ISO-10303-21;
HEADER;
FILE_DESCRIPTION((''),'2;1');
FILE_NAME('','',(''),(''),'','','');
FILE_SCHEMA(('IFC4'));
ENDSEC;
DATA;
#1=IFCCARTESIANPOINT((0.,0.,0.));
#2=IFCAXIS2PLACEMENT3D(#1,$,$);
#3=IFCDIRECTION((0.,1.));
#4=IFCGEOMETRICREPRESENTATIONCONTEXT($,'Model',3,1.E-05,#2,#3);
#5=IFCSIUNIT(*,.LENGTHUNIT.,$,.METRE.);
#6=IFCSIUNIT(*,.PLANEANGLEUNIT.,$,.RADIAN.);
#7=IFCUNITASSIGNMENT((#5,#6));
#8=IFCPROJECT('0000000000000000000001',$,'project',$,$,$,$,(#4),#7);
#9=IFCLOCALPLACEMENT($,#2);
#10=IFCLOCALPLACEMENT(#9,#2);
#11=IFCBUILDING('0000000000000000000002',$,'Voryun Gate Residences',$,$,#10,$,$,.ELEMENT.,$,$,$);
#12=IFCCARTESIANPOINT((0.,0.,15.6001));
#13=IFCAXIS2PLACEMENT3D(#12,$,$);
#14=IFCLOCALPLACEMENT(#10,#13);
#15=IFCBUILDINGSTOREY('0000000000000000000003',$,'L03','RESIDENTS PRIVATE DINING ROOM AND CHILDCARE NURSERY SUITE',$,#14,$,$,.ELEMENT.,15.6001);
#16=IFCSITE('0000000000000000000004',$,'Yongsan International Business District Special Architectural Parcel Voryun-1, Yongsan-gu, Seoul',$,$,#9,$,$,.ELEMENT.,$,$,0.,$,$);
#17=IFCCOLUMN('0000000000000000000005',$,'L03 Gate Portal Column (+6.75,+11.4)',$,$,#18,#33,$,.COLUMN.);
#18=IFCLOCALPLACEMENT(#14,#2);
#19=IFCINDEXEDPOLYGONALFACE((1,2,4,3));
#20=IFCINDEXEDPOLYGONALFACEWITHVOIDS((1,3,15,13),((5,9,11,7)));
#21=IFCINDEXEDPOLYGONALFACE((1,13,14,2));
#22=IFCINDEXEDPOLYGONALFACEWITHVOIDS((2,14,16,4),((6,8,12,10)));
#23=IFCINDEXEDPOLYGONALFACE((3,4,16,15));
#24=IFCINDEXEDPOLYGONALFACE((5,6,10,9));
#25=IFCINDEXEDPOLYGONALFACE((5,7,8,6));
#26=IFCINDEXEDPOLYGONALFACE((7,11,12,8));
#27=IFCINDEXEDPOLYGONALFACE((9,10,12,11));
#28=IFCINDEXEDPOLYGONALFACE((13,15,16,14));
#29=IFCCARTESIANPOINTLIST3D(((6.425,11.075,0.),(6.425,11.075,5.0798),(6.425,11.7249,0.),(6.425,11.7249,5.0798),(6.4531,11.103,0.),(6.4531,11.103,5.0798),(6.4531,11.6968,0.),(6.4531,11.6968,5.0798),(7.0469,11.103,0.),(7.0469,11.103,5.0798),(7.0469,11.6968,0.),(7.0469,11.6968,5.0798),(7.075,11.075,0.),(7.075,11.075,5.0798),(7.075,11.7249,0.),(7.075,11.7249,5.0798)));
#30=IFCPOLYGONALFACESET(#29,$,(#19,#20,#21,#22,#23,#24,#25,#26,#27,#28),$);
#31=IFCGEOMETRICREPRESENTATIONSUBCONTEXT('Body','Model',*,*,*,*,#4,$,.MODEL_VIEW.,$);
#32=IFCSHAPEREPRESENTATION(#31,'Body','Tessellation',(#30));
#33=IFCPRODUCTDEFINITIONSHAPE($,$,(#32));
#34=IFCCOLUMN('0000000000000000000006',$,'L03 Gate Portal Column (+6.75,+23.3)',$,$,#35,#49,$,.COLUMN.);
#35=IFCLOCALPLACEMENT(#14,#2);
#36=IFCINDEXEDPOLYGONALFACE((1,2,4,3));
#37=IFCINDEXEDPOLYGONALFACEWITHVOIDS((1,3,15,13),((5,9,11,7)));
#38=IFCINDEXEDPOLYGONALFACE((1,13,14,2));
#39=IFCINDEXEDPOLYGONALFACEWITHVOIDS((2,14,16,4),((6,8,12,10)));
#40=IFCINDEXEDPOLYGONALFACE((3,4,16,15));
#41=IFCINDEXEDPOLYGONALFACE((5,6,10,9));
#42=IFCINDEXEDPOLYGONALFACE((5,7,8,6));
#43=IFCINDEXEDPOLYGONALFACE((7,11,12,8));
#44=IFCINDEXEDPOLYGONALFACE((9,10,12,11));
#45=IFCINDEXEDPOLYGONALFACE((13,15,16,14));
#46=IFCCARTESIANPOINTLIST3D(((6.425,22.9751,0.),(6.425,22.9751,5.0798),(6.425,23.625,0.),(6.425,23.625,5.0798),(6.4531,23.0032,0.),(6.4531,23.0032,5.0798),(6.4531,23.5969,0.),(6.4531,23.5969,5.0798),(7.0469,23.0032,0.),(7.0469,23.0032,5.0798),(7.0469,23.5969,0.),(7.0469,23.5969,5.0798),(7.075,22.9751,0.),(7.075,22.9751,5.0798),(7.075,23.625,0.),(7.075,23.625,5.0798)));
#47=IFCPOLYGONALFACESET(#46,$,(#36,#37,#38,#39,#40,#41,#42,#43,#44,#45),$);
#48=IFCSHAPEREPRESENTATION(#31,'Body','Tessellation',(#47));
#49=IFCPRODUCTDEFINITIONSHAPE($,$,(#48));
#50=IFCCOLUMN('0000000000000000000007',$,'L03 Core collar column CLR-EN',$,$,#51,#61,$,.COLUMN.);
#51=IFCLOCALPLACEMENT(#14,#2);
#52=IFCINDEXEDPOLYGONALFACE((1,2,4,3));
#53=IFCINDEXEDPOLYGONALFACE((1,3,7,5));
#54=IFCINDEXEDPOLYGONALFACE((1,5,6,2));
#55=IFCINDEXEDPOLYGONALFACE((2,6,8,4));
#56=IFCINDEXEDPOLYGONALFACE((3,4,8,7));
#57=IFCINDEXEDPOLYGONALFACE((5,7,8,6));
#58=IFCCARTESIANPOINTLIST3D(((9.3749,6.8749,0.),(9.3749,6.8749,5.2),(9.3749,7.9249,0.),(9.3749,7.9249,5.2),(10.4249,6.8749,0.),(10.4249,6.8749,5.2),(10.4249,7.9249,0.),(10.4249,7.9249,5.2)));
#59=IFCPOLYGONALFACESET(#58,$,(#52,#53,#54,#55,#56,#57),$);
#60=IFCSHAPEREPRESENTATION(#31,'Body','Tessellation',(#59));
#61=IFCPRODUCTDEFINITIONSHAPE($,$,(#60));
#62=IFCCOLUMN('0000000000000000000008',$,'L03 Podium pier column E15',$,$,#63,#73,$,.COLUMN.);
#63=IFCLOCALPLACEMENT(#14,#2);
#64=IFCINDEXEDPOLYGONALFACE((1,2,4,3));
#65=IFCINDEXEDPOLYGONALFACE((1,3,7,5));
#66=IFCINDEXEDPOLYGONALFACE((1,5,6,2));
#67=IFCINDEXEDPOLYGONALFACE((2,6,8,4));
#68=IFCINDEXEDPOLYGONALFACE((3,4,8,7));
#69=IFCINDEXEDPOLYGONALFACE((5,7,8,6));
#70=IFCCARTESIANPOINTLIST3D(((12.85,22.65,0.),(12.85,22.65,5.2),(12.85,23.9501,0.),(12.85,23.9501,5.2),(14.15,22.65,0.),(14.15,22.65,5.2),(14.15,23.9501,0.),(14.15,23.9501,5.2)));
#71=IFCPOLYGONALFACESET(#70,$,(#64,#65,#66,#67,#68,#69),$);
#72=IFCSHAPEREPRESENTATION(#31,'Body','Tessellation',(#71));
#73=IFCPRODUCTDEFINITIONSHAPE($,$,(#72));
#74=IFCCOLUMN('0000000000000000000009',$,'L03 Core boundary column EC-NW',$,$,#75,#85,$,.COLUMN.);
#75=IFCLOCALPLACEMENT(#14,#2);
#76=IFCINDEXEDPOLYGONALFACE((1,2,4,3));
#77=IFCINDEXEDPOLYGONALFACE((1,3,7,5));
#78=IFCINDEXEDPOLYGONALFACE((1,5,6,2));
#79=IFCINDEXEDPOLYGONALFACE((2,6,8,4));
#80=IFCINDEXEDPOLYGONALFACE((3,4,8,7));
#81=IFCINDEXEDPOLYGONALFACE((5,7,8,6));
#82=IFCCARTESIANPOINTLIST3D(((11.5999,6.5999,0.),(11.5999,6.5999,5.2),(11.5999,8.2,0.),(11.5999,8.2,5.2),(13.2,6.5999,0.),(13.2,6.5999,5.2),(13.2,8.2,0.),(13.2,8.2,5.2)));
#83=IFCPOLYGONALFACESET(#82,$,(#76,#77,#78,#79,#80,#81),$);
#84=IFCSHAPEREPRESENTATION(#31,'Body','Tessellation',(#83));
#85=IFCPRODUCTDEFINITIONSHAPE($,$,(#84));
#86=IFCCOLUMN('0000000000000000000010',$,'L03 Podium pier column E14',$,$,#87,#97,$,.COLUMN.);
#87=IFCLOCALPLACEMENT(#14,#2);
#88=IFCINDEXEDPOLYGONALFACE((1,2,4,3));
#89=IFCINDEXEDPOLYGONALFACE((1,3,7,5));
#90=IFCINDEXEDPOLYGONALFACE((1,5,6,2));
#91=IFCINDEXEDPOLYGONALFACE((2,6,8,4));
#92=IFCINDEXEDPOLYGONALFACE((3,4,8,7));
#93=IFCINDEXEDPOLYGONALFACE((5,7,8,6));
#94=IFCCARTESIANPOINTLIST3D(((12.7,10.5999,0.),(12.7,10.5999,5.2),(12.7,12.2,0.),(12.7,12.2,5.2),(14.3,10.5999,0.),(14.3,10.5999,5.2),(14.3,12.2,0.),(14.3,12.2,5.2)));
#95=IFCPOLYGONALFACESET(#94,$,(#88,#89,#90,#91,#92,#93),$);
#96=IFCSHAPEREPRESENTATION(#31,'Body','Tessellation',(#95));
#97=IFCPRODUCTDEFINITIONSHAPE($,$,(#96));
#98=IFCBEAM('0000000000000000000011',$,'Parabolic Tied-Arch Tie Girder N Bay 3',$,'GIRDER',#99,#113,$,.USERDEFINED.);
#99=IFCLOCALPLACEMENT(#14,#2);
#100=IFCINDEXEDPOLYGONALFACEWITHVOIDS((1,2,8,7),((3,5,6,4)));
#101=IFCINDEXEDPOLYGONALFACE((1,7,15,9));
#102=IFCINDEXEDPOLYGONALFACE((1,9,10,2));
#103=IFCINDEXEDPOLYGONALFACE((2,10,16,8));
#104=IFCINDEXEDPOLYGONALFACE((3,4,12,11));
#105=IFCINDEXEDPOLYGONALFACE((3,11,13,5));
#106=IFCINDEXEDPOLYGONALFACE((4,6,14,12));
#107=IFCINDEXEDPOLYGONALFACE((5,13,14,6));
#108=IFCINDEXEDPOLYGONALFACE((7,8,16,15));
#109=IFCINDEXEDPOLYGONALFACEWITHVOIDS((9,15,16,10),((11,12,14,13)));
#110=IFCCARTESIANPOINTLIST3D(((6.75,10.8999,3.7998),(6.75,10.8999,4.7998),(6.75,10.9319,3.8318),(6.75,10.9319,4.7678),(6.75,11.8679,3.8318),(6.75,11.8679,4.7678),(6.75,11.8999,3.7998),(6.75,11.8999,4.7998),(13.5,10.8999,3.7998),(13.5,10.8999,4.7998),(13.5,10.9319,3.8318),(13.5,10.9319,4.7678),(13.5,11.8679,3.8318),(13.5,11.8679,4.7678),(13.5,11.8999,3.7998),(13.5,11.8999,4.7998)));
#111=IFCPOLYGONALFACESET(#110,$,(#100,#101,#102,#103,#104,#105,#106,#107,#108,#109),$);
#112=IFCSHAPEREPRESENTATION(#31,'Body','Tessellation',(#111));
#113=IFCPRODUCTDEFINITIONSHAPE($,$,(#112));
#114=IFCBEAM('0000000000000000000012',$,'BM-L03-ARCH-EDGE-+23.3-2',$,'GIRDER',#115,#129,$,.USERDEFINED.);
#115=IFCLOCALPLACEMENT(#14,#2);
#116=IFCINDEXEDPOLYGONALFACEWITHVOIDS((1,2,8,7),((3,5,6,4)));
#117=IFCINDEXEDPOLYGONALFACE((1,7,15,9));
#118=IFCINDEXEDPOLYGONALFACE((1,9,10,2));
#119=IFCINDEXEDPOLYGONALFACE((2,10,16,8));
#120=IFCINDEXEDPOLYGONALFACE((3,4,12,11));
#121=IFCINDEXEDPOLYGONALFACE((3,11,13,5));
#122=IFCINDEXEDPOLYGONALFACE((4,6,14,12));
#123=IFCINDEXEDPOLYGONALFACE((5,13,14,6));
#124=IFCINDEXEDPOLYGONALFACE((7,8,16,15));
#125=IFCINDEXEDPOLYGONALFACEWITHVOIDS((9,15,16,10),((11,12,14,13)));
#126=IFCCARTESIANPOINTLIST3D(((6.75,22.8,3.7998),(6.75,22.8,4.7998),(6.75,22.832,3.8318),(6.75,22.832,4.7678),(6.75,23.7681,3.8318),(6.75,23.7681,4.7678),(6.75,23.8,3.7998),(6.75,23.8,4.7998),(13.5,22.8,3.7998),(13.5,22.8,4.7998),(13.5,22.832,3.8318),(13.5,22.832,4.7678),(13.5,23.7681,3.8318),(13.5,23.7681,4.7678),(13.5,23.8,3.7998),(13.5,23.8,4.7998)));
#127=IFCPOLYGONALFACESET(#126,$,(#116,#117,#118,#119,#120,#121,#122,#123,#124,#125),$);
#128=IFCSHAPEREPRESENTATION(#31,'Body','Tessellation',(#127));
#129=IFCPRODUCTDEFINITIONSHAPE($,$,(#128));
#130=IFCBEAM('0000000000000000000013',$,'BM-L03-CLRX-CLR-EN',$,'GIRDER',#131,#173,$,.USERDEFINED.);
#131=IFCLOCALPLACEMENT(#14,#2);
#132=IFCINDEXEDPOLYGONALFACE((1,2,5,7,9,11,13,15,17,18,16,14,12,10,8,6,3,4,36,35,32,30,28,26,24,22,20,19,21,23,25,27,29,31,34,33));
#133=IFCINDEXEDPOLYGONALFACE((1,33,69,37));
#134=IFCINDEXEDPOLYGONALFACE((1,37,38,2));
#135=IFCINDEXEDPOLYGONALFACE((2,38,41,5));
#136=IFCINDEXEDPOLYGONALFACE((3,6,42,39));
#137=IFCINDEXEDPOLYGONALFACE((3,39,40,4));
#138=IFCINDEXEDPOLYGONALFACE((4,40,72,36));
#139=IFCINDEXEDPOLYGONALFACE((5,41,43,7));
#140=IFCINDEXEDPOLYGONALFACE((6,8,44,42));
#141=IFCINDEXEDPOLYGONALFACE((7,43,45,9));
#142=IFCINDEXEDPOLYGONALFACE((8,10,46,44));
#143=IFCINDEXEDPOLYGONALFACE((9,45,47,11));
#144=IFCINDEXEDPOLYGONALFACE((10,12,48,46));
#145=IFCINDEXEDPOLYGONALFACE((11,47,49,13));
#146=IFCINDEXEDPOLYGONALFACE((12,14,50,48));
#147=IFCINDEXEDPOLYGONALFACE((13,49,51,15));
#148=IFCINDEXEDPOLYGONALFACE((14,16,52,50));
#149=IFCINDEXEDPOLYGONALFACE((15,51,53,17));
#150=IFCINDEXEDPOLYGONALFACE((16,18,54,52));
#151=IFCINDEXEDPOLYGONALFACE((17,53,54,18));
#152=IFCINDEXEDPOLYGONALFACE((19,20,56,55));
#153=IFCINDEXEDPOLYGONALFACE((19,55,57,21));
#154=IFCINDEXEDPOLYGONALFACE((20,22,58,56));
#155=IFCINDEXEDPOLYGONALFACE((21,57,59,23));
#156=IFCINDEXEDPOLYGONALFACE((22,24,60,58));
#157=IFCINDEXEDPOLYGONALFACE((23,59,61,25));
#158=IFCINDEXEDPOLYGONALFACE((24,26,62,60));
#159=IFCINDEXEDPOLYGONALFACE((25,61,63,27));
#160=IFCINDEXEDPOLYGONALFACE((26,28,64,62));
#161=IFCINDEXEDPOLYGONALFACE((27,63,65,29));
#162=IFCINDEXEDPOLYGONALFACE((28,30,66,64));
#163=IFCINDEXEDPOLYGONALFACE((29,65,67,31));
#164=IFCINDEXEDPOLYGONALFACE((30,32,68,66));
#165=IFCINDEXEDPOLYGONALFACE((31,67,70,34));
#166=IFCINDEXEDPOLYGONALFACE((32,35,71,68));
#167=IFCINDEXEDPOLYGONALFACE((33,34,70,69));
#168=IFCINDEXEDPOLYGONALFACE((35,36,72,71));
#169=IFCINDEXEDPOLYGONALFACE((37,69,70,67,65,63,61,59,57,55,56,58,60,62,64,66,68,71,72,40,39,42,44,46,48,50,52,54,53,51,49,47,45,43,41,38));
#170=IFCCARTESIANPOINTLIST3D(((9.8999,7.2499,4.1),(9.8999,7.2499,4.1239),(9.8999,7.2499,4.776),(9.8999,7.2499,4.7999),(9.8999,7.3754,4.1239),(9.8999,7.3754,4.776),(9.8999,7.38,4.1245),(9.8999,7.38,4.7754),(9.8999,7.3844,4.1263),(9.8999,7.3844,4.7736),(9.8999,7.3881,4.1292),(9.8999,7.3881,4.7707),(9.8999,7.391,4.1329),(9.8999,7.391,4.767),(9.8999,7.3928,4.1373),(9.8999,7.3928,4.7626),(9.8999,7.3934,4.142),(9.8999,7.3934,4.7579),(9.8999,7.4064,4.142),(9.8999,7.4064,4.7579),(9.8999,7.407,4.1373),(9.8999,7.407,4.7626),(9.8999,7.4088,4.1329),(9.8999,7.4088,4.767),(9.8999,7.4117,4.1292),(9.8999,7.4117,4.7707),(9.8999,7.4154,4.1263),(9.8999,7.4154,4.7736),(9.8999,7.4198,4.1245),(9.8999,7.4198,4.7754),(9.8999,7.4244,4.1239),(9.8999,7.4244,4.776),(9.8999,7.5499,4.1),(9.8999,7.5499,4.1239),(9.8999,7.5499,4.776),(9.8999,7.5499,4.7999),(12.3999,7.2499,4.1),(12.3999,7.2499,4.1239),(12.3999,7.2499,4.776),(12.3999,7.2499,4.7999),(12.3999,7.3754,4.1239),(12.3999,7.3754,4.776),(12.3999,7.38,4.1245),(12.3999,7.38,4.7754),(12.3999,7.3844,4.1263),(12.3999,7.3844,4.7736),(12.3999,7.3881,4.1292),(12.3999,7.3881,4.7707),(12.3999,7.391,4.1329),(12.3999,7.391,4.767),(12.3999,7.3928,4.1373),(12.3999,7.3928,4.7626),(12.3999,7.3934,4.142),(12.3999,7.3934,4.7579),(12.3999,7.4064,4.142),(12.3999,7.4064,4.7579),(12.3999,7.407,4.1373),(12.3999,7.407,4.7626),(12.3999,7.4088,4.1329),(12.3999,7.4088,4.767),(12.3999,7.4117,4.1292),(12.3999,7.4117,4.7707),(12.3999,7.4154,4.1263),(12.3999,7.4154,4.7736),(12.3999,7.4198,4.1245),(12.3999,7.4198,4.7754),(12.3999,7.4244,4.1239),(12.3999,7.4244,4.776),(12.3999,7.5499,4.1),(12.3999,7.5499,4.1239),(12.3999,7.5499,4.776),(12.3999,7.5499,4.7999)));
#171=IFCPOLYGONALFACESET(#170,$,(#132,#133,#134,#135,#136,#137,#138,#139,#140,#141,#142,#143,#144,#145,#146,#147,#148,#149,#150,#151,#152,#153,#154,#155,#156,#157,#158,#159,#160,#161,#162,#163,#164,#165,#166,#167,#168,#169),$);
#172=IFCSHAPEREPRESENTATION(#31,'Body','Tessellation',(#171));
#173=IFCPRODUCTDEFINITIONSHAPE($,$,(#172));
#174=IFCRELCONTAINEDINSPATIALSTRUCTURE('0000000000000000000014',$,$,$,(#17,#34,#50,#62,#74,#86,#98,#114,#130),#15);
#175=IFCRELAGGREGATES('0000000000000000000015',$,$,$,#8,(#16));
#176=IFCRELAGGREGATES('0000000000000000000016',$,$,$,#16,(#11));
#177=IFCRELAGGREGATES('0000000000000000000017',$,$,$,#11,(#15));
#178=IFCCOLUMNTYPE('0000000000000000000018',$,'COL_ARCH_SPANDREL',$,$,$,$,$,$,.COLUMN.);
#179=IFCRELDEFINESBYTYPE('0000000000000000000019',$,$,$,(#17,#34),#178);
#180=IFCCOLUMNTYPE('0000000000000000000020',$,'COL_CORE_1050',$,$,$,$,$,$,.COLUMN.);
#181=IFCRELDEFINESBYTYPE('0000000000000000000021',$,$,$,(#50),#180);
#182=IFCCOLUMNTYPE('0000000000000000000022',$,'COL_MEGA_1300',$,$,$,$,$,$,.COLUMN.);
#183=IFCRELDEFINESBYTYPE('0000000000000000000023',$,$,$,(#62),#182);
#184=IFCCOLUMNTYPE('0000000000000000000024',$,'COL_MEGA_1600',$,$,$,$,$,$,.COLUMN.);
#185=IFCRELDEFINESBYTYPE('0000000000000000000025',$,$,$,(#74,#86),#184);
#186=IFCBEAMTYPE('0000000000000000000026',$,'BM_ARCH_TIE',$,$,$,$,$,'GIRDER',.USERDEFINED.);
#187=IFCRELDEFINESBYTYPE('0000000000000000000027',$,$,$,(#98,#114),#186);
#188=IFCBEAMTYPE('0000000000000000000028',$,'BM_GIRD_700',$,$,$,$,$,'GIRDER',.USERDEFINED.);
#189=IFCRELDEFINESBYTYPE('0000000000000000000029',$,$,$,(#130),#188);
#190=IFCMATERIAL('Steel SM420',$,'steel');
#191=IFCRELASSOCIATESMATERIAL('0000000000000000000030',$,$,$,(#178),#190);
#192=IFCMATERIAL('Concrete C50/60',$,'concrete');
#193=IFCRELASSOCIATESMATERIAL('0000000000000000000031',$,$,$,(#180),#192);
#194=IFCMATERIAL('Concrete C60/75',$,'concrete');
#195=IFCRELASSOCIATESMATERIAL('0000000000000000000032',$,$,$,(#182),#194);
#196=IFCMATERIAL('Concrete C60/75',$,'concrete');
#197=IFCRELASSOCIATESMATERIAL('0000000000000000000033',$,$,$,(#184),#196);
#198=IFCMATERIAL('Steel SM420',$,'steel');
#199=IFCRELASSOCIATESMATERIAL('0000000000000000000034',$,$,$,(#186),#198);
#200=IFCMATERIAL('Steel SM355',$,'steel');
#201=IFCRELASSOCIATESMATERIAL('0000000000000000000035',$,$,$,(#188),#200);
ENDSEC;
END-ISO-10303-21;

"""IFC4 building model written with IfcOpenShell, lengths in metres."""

from ifc_helpers import new_model, si_unit, direction, frame, origin, origin_2d, place, context, subcontext, project, spatial, rectangle, hollow_rectangle, i_section, extrude, material, material_profile, profile_set, type_object, element, save


model = new_model("IFC4")

# Units and contexts
model_context = context("Model", 3, precision=1e-05, world=origin(), true_north=direction((0.0, 1.0)))
body_context = subcontext(model_context, "Body", "Model", "MODEL_VIEW")
ifc_project = project(units=[si_unit("LENGTHUNIT", "METRE"), si_unit("PLANEANGLEUNIT", "RADIAN")], contexts=[model_context])

# Site, building, storey
site_placement = place(None, origin())
site = spatial("IfcSite", under=ifc_project, at=site_placement, Name="Yongsan International Business District Special Architectural Parcel Voryun-1, Yongsan-gu, Seoul", CompositionType="ELEMENT", RefElevation=0.0)
building_placement = place(site_placement, origin())
building = spatial("IfcBuilding", under=site, at=building_placement, Name="Voryun Gate Residences", CompositionType="ELEMENT")
storey_placement = place(building_placement, frame((0.0, 0.0, 15.6001)))
storey = spatial("IfcBuildingStorey", under=building, at=storey_placement, Name="L03", Description="RESIDENTS PRIVATE DINING ROOM AND CHILDCARE NURSERY SUITE", CompositionType="ELEMENT", Elevation=15.6001)

# Columns
ifc_material_1 = material(Name="Steel SM420", Category="steel")
ifc_material_profile_1 = material_profile(ifc_material_1, hollow_rectangle(XDim=0.6499, YDim=0.6499, WallThickness=0.0281, at=origin_2d()), Name="BOX-650x650x28")
ifc_profile_set_1 = profile_set([ifc_material_profile_1], Name="Steel SM420")
column_type_1 = type_object("IfcColumnType", Name="COL_ARCH_SPANDREL", PredefinedType="COLUMN", material=ifc_profile_set_1)
for number, where, z_axis, x_axis, name in (
    (1, (6.75, 11.3999, 0.0), (0.0, 0.0, 1.0), (1.0, 0.0, 0.0), "L03 Gate Portal Column (+6.75,+11.4)"),
    (2, (6.75, 23.3, 0.0), (0.0, 0.0, 1.0), (1.0, 0.0, 0.0), "L03 Gate Portal Column (+6.75,+23.3)"),
):
    element("IfcColumn", number, at=place(storey_placement, frame(where, z_axis=z_axis, x_axis=x_axis)), inside=storey, type_object=column_type_1, Name=name, PredefinedType="COLUMN", context=body_context, shape_type="SweptSolid", body=[
        extrude(hollow_rectangle(XDim=0.6499, YDim=0.6499, WallThickness=0.0281, at=origin_2d()), origin(), (0.0, 0.0, 1.0), 5.0798),
    ])
ifc_material_2 = material(Name="Concrete C50/60", Category="concrete")
ifc_material_profile_2 = material_profile(ifc_material_2, rectangle(XDim=1.05, YDim=1.05, at=origin_2d()), Name="RC-1050x1050")
ifc_profile_set_2 = profile_set([ifc_material_profile_2], Name="Concrete C50/60")
column_type_2 = type_object("IfcColumnType", Name="COL_CORE_1050", PredefinedType="COLUMN", material=ifc_profile_set_2)
column_1_placement = place(storey_placement, frame((9.8999, 7.3999, 0.0), z_axis=(0.0, 0.0, 1.0), x_axis=(1.0, 0.0, 0.0)))
element("IfcColumn", 3, at=column_1_placement, inside=storey, type_object=column_type_2, Name="L03 Core collar column CLR-EN", PredefinedType="COLUMN", context=body_context, shape_type="SweptSolid", body=[
    extrude(rectangle(XDim=1.05, YDim=1.05, at=origin_2d()), origin(), (0.0, 0.0, 1.0), 5.2),
])
ifc_material_3 = material(Name="Concrete C60/75", Category="concrete")
ifc_material_profile_3 = material_profile(ifc_material_3, rectangle(XDim=1.3, YDim=1.3, at=origin_2d()), Name="RC-1300x1300")
ifc_profile_set_3 = profile_set([ifc_material_profile_3], Name="Concrete C60/75")
column_type_3 = type_object("IfcColumnType", Name="COL_MEGA_1300", PredefinedType="COLUMN", material=ifc_profile_set_3)
column_2_placement = place(storey_placement, frame((13.5, 23.3, 0.0), z_axis=(0.0, 0.0, 1.0), x_axis=(1.0, 0.0, 0.0)))
element("IfcColumn", 4, at=column_2_placement, inside=storey, type_object=column_type_3, Name="L03 Podium pier column E15", PredefinedType="COLUMN", context=body_context, shape_type="SweptSolid", body=[
    extrude(rectangle(XDim=1.3, YDim=1.3, at=origin_2d()), origin(), (0.0, 0.0, 1.0), 5.2),
])
ifc_material_4 = material(Name="Concrete C60/75", Category="concrete")
ifc_material_profile_4 = material_profile(ifc_material_4, rectangle(XDim=1.6001, YDim=1.6001, at=origin_2d()), Name="RC-1600x1600")
ifc_profile_set_4 = profile_set([ifc_material_profile_4], Name="Concrete C60/75")
column_type_4 = type_object("IfcColumnType", Name="COL_MEGA_1600", PredefinedType="COLUMN", material=ifc_profile_set_4)
for number, where, z_axis, x_axis, name in (
    (5, (12.3999, 7.3999, 0.0), (0.0, 0.0, 1.0), (1.0, 0.0, 0.0), "L03 Core boundary column EC-NW"),
    (6, (13.5, 11.3999, 0.0), (0.0, 0.0, 1.0), (1.0, 0.0, 0.0), "L03 Podium pier column E14"),
):
    element("IfcColumn", number, at=place(storey_placement, frame(where, z_axis=z_axis, x_axis=x_axis)), inside=storey, type_object=column_type_4, Name=name, PredefinedType="COLUMN", context=body_context, shape_type="SweptSolid", body=[
        extrude(rectangle(XDim=1.6001, YDim=1.6001, at=origin_2d()), origin(), (0.0, 0.0, 1.0), 5.2),
    ])

# Beams
ifc_material_5 = material(Name="Steel SM420", Category="steel")
ifc_material_profile_5 = material_profile(ifc_material_5, hollow_rectangle(XDim=1.0, YDim=1.0, WallThickness=0.032, at=origin_2d()), Name="BOX-1000x1000x32")
ifc_profile_set_5 = profile_set([ifc_material_profile_5], Name="Steel SM420")
beam_type_1 = type_object("IfcBeamType", Name="BM_ARCH_TIE", ElementType="GIRDER", PredefinedType="USERDEFINED", material=ifc_profile_set_5)
for number, where, z_axis, x_axis, name in (
    (7, (6.75, 11.3999, 4.2998), (1.0, 0.0, 0.0), (0.0, 1.0, 0.0), "Parabolic Tied-Arch Tie Girder N Bay 3"),
    (8, (6.75, 23.3, 4.2998), (1.0, 0.0, 0.0), (0.0, 1.0, 0.0), "BM-L03-ARCH-EDGE-+23.3-2"),
):
    element("IfcBeam", number, at=place(storey_placement, frame(where, z_axis=z_axis, x_axis=x_axis)), inside=storey, type_object=beam_type_1, Name=name, ObjectType="GIRDER", PredefinedType="USERDEFINED", context=body_context, shape_type="SweptSolid", body=[
        extrude(hollow_rectangle(XDim=1.0, YDim=1.0, WallThickness=0.032, at=origin_2d()), origin(), (0.0, 0.0, 1.0), 6.75),
    ])
ifc_material_6 = material(Name="Steel SM355", Category="steel")
ifc_material_profile_6 = material_profile(ifc_material_6, i_section(OverallWidth=0.3, OverallDepth=0.7, WebThickness=0.0129, FlangeThickness=0.0239, FilletRadius=0.0181, at=origin_2d()), Name="H-700x300x13x24")
ifc_profile_set_6 = profile_set([ifc_material_profile_6], Name="Steel SM355")
beam_type_2 = type_object("IfcBeamType", Name="BM_GIRD_700", ElementType="GIRDER", PredefinedType="USERDEFINED", material=ifc_profile_set_6)
beam_1_placement = place(storey_placement, frame((12.3999, 7.3999, 4.45), z_axis=(-1.0, 0.0, 0.0), x_axis=(0.0, -1.0, 0.0)))
element("IfcBeam", 9, at=beam_1_placement, inside=storey, type_object=beam_type_2, Name="BM-L03-CLRX-CLR-EN", ObjectType="GIRDER", PredefinedType="USERDEFINED", context=body_context, shape_type="SweptSolid", body=[
    extrude(i_section(OverallWidth=0.3, OverallDepth=0.7, WebThickness=0.0129, FlangeThickness=0.0239, FilletRadius=0.0181, at=origin_2d()), origin(), (0.0, 0.0, 1.0), 2.5),
])

save(model, "model.ifc")
